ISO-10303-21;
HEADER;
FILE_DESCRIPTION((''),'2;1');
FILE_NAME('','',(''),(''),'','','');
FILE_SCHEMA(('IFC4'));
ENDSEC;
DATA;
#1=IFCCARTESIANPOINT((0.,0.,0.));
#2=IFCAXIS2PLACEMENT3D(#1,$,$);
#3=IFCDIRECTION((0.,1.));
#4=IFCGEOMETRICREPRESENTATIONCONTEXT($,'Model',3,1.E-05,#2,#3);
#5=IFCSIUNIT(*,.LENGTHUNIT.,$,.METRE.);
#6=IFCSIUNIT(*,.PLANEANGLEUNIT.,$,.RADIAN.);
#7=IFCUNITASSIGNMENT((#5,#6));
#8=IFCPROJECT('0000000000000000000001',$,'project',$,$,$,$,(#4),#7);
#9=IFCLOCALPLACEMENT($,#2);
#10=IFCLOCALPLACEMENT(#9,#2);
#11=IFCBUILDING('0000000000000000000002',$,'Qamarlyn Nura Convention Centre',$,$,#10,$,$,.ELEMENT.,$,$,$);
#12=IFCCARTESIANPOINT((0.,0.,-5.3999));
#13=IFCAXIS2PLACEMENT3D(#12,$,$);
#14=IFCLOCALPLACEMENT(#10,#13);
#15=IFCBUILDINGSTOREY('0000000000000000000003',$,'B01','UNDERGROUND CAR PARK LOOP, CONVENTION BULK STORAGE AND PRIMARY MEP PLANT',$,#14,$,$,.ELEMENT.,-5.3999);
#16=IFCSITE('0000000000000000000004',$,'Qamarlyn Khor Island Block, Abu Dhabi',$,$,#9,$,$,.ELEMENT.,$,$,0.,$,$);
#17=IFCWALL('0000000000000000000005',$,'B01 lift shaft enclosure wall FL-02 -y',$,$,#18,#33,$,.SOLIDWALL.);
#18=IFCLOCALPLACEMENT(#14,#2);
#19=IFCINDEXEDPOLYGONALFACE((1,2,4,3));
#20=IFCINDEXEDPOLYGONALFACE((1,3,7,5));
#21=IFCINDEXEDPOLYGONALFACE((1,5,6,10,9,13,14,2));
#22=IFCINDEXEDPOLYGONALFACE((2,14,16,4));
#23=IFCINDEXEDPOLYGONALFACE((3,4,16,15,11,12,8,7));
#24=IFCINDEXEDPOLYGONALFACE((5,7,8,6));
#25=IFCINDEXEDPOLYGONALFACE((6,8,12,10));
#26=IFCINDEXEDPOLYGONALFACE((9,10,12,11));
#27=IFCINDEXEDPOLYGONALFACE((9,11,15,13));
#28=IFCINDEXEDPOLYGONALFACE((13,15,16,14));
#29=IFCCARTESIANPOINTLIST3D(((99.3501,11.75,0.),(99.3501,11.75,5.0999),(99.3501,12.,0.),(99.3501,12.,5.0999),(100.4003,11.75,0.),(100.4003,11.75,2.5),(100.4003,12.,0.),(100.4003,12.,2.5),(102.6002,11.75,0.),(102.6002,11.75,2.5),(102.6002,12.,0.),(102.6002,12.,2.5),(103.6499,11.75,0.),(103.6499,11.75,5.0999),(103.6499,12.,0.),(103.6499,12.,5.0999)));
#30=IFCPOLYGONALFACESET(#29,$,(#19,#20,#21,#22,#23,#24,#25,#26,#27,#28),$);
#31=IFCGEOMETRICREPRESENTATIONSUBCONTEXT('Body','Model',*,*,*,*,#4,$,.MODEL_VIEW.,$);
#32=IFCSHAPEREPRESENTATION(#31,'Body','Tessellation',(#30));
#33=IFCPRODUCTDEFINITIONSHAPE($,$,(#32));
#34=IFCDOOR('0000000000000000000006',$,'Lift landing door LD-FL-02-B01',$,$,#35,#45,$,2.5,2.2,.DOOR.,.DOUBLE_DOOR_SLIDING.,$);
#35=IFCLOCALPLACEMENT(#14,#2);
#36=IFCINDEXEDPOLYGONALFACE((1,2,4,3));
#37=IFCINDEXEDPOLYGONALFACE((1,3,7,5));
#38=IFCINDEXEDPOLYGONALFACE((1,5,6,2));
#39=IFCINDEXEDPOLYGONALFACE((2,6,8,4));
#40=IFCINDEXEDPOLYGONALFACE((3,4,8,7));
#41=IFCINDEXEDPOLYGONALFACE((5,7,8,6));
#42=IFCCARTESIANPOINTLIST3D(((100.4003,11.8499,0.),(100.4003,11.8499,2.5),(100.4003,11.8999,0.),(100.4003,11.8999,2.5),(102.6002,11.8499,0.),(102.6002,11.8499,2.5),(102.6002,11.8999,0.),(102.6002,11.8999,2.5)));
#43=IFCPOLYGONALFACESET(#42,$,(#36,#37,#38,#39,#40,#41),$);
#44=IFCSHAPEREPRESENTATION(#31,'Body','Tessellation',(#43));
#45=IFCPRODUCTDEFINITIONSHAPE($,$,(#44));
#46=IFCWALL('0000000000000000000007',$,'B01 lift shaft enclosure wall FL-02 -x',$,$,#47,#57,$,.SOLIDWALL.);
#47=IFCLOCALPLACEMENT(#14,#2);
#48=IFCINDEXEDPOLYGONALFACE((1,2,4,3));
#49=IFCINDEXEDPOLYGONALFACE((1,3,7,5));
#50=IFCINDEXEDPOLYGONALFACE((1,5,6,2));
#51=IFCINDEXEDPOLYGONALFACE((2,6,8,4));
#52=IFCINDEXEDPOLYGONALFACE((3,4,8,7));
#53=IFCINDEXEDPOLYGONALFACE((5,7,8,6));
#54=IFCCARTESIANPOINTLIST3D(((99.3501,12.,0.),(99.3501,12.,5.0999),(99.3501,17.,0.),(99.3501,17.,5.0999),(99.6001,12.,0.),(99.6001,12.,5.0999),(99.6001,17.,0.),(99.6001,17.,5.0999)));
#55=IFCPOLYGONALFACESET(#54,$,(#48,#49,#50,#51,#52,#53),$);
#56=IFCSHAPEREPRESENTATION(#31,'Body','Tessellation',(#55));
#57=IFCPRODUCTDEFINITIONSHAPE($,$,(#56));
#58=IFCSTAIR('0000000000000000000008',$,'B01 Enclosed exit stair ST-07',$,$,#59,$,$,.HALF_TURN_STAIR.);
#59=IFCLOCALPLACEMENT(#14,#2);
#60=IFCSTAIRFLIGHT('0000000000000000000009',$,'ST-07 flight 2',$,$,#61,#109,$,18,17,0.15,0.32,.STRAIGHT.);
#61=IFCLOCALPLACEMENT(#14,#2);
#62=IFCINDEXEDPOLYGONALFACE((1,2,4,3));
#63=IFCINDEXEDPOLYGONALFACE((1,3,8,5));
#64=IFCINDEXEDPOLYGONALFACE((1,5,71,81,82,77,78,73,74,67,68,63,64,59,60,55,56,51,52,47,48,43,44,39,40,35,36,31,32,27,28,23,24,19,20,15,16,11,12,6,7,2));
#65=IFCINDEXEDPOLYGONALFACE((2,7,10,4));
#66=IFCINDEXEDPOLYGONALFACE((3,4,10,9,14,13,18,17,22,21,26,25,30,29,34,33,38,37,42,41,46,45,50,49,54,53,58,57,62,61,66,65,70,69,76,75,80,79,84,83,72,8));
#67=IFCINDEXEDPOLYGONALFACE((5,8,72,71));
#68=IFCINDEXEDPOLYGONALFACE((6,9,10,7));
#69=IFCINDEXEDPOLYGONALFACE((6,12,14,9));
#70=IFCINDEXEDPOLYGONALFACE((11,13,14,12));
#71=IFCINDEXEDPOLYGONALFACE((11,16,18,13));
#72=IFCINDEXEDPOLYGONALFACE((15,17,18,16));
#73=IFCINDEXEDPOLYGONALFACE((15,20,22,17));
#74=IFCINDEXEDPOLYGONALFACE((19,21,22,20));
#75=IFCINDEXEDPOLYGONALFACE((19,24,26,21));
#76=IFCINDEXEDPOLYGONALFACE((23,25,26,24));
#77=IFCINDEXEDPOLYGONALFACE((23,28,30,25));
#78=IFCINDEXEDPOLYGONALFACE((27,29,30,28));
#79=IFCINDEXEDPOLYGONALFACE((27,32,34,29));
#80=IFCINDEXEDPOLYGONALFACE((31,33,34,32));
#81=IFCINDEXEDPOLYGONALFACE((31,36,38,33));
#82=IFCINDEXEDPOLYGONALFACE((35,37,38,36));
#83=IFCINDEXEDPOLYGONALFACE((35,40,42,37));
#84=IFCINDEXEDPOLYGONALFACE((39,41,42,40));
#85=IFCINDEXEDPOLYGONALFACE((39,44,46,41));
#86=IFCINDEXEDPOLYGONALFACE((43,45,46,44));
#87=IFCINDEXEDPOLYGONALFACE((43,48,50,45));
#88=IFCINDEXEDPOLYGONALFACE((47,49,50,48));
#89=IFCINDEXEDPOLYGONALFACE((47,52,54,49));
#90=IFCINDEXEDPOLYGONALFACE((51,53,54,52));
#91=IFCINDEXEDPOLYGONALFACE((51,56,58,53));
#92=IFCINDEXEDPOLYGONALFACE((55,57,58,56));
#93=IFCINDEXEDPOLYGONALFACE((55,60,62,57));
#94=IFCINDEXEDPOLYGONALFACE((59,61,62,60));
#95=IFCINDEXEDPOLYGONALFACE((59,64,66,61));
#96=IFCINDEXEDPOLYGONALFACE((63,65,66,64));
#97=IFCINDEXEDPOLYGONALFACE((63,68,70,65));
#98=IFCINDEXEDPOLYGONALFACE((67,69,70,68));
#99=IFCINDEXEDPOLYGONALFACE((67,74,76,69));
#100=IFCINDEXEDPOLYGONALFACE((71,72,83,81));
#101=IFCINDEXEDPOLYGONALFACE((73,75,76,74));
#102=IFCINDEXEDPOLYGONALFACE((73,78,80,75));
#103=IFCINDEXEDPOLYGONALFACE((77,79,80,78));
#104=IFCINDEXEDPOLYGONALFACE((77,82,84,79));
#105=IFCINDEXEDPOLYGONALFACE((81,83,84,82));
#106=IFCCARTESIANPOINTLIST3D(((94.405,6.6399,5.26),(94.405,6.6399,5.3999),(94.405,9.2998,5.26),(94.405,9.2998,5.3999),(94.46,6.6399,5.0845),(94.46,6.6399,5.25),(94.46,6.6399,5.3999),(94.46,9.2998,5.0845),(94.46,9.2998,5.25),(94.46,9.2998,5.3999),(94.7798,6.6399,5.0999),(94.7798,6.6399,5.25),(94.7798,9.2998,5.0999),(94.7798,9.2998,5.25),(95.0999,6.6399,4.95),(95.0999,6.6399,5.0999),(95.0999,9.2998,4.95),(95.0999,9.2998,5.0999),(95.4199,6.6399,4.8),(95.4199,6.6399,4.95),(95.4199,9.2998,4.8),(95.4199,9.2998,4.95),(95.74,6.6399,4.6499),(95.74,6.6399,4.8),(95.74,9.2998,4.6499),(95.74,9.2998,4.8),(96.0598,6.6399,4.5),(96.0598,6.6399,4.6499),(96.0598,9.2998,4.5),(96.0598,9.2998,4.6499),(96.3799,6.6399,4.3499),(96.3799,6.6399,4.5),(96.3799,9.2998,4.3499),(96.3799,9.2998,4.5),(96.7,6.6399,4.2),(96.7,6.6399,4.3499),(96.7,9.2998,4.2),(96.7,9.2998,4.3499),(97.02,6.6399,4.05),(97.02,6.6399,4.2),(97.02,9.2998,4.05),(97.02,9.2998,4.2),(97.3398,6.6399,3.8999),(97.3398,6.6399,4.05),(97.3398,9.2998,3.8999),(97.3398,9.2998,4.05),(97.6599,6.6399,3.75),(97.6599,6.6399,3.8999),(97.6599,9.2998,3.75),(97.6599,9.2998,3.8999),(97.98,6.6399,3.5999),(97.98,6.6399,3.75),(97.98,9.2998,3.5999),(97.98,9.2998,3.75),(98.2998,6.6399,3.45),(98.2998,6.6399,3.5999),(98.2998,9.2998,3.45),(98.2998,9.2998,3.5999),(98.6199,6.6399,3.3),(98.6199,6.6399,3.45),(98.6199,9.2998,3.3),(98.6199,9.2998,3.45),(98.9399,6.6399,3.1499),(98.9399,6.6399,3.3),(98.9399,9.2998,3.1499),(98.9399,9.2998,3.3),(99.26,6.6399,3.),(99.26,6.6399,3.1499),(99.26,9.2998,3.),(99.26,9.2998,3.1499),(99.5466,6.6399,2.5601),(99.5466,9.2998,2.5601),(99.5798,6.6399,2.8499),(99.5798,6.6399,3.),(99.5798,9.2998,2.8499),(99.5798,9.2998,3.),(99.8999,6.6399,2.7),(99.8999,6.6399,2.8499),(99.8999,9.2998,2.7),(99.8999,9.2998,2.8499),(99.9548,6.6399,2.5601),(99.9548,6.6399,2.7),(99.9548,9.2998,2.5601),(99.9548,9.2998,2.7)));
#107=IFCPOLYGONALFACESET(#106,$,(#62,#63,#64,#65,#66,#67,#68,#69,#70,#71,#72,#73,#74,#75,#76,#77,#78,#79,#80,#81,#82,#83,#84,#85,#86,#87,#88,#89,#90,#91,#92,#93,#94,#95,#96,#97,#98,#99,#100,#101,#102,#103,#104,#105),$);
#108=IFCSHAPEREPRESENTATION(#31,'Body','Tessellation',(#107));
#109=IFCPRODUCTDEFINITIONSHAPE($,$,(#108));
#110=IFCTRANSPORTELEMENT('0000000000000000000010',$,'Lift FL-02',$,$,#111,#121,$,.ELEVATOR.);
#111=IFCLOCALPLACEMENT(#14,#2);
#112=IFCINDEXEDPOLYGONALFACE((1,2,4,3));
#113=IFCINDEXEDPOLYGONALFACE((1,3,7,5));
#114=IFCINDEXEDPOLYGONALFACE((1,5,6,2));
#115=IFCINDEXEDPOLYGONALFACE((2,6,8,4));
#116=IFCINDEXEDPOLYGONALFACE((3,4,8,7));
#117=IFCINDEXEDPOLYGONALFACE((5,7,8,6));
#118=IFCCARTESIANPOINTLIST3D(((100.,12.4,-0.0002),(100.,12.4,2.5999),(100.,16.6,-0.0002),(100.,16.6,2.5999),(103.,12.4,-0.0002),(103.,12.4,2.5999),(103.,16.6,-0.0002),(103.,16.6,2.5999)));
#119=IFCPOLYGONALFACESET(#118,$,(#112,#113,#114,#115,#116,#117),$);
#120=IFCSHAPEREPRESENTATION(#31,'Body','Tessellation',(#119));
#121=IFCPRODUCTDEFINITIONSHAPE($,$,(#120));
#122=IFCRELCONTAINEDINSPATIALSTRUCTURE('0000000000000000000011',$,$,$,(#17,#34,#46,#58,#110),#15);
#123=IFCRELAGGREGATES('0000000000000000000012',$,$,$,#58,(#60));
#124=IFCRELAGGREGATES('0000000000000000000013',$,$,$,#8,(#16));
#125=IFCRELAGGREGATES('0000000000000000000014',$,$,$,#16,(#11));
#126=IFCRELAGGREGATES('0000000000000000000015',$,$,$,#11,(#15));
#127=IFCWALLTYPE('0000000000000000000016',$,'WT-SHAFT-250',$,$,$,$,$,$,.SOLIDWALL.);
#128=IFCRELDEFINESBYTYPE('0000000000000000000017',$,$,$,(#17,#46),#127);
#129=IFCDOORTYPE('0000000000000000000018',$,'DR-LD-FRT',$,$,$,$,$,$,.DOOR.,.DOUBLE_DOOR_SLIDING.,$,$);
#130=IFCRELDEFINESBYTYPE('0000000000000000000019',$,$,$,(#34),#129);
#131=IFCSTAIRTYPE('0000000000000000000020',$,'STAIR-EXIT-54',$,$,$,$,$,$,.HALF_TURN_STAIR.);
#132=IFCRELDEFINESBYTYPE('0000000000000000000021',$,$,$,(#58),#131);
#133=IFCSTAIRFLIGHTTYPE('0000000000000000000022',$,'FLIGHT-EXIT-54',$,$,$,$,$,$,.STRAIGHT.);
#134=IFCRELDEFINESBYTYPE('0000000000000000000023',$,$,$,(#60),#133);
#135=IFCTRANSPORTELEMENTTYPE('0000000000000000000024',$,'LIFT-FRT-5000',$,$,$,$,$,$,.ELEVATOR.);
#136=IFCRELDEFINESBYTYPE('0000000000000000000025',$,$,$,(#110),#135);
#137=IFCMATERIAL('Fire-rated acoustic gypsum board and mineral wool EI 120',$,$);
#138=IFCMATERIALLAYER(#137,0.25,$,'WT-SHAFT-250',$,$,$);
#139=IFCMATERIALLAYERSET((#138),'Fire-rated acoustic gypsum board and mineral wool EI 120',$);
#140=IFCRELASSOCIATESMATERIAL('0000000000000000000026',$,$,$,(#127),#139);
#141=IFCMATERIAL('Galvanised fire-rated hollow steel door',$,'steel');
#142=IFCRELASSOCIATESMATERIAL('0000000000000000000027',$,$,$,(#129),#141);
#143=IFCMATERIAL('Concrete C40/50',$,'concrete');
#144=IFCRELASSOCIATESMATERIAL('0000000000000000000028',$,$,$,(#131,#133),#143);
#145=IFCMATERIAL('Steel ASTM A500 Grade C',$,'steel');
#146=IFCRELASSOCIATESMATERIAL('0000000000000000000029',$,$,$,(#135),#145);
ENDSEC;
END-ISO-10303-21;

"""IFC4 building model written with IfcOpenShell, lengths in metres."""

from ifc_helpers import new_model, si_unit, direction, frame, frame_2d, origin, origin_2d, place, context, subcontext, project, spatial, polyline, rectangle, outline, extrude, material, layer, layer_set, type_object, element, fill, aggregate, save


model = new_model("IFC4")

# Units and contexts
model_context = context("Model", 3, precision=1e-05, world=origin(), true_north=direction((0.0, 1.0)))
body_context = subcontext(model_context, "Body", "Model", "MODEL_VIEW")
ifc_project = project(units=[si_unit("LENGTHUNIT", "METRE"), si_unit("PLANEANGLEUNIT", "RADIAN")], contexts=[model_context])

# Site, building, storey
site_placement = place(None, origin())
site = spatial("IfcSite", under=ifc_project, at=site_placement, Name="Qamarlyn Khor Island Block, Abu Dhabi", CompositionType="ELEMENT", RefElevation=0.0)
building_placement = place(site_placement, origin())
building = spatial("IfcBuilding", under=site, at=building_placement, Name="Qamarlyn Nura Convention Centre", CompositionType="ELEMENT")
storey_placement = place(building_placement, frame((0.0, 0.0, -5.3999)))
storey = spatial("IfcBuildingStorey", under=building, at=storey_placement, Name="B01", Description="UNDERGROUND CAR PARK LOOP, CONVENTION BULK STORAGE AND PRIMARY MEP PLANT", CompositionType="ELEMENT", Elevation=-5.3999)

# Shared definitions
ifc_material_1 = material(Name="Concrete C40/50", Category="concrete")

# Shared definitions
ifc_material_2 = material(Name="Galvanised fire-rated hollow steel door", Category="steel")

# Wall, opening, door
ifc_material_3 = material(Name="Fire-rated acoustic gypsum board and mineral wool EI 120")
ifc_layer_1 = layer(ifc_material_3, 0.25, Name="WT-SHAFT-250")
ifc_layer_set_1 = layer_set([ifc_layer_1], Name="Fire-rated acoustic gypsum board and mineral wool EI 120")
wall_type_1 = type_object("IfcWallType", Name="WT-SHAFT-250", PredefinedType="SOLIDWALL", material=ifc_layer_set_1)
wall_1_placement = place(storey_placement, frame((99.3501, 11.875, 0.0), z_axis=(0.0, 0.0, 1.0), x_axis=(1.0, 0.0, 0.0)))
wall_1 = element("IfcWall", 1, at=wall_1_placement, inside=storey, type_object=wall_type_1, Name="B01 lift shaft enclosure wall FL-02 -y", PredefinedType="SOLIDWALL", context=body_context, shape_type="SweptSolid", body=[
    extrude(rectangle(XDim=4.2998, YDim=0.25, at=frame_2d((2.1499, 0.0))), origin(), (0.0, 0.0, 1.0), 5.0999),
])
opening_1_placement = place(wall_1_placement, frame((1.05, 0.0, 0.0)))
opening_1 = element("IfcOpeningElement", 2, at=opening_1_placement, cuts=wall_1, PredefinedType="OPENING", context=body_context, shape_type="SweptSolid", body=[
    extrude(rectangle(XDim=2.2, YDim=2.5, at=frame_2d((1.1001, 1.25))), frame((0.0, 0.135, 0.0), z_axis=(0.0, -1.0, 0.0), x_axis=(1.0, 0.0, 0.0)), (0.0, 0.0, 1.0), 0.27),
])
door_type_1 = type_object("IfcDoorType", Name="DR-LD-FRT", OperationType="DOUBLE_DOOR_SLIDING", PredefinedType="DOOR", material=ifc_material_2)
door_1_placement = place(opening_1_placement, origin())
door_1 = element("IfcDoor", 3, at=door_1_placement, inside=storey, type_object=door_type_1, Name="Lift landing door LD-FL-02-B01", OperationType="DOUBLE_DOOR_SLIDING", OverallHeight=2.5, OverallWidth=2.2, PredefinedType="DOOR", context=body_context, shape_type="SweptSolid", body=[
    extrude(rectangle(XDim=2.2, YDim=2.5, at=frame_2d((1.1001, 1.25))), frame((0.0, 0.0249, 0.0), z_axis=(0.0, -1.0, 0.0), x_axis=(1.0, 0.0, 0.0)), (0.0, 0.0, 1.0), 0.05),
])
fill(opening_1, door_1)

# Wall
wall_2_placement = place(storey_placement, frame((99.4751, 17.0, 0.0), z_axis=(0.0, 0.0, 1.0), x_axis=(0.0, -1.0, 0.0)))
element("IfcWall", 4, at=wall_2_placement, inside=storey, type_object=wall_type_1, Name="B01 lift shaft enclosure wall FL-02 -x", PredefinedType="SOLIDWALL", context=body_context, shape_type="SweptSolid", body=[
    extrude(rectangle(XDim=5.0, YDim=0.25, at=frame_2d((2.5, 0.0))), origin(), (0.0, 0.0, 1.0), 5.0999),
])

# Stair, stair flight
stair_type = type_object("IfcStairType", Name="STAIR-EXIT-54", PredefinedType="HALF_TURN_STAIR", material=ifc_material_1)
stair_placement = place(storey_placement, origin())
stair = element("IfcStair", 5, at=stair_placement, inside=storey, type_object=stair_type, Name="B01 Enclosed exit stair ST-07", PredefinedType="HALF_TURN_STAIR")
stair_flight_type = type_object("IfcStairFlightType", Name="FLIGHT-EXIT-54", PredefinedType="STRAIGHT", material=ifc_material_1)
stair_flight_placement = place(storey_placement, frame((99.8999, 7.97, 2.7), z_axis=(0.0, 0.0, 1.0), x_axis=(-1.0, 0.0, 0.0)))
stair_flight = element("IfcStairFlight", 6, at=stair_flight_placement, type_object=stair_flight_type, Name="ST-07 flight 2", NumberOfRisers=18, NumberOfTreads=17, PredefinedType="STRAIGHT", RiserHeight=0.15, TreadLength=0.32, context=body_context, shape_type="SweptSolid", body=[
    extrude(outline(polyline([(-0.0549, 0.0), (0.0, 0.0), (0.0, 0.1499), (0.3201, 0.1499), (0.3201, 0.3), (0.6399, 0.3), (0.6399, 0.45), (0.96, 0.45), (0.96, 0.6001), (1.28, 0.6001), (1.28, 0.75), (1.6001, 0.75), (1.6001, 0.8999), (1.9199, 0.8999), (1.9199, 1.05), (2.24, 1.05), (2.24, 1.2), (2.5601, 1.2), (2.5601, 1.3501), (2.8799, 1.3501), (2.8799, 1.5), (3.2, 1.5), (3.2, 1.6499), (3.52, 1.6499), (3.52, 1.8), (3.8401, 1.8), (3.8401, 1.95), (4.1599, 1.95), (4.1599, 2.1001), (4.48, 2.1001), (4.48, 2.25), (4.8, 2.25), (4.8, 2.3999), (5.1201, 2.3999), (5.1201, 2.55), (5.4399, 2.55), (5.4399, 2.7), (5.4949, 2.7), (5.4949, 2.5601), (5.4399, 2.3845), (0.3533, -0.1399), (-0.0549, -0.1399), (-0.0549, 0.0)])), frame((0.0, 1.3301, 0.0), z_axis=(0.0, -1.0, 0.0), x_axis=(1.0, 0.0, 0.0)), (0.0, 0.0, 1.0), 2.6599),
])
aggregate(stair, [stair_flight])

# Transport element
ifc_material_4 = material(Name="Steel ASTM A500 Grade C", Category="steel")
transport_element_type = type_object("IfcTransportElementType", Name="LIFT-FRT-5000", PredefinedType="ELEVATOR", material=ifc_material_4)
transport_element_placement = place(storey_placement, frame((101.5, 14.5, -0.0002), z_axis=(0.0, 0.0, 1.0), x_axis=(1.0, 0.0, 0.0)))
element("IfcTransportElement", 7, at=transport_element_placement, inside=storey, type_object=transport_element_type, Name="Lift FL-02", PredefinedType="ELEVATOR", context=body_context, shape_type="SweptSolid", body=[
    extrude(rectangle(XDim=3.0, YDim=4.2, at=origin_2d()), origin(), (0.0, 0.0, 1.0), 2.6001),
])

save(model, "model.ifc")
